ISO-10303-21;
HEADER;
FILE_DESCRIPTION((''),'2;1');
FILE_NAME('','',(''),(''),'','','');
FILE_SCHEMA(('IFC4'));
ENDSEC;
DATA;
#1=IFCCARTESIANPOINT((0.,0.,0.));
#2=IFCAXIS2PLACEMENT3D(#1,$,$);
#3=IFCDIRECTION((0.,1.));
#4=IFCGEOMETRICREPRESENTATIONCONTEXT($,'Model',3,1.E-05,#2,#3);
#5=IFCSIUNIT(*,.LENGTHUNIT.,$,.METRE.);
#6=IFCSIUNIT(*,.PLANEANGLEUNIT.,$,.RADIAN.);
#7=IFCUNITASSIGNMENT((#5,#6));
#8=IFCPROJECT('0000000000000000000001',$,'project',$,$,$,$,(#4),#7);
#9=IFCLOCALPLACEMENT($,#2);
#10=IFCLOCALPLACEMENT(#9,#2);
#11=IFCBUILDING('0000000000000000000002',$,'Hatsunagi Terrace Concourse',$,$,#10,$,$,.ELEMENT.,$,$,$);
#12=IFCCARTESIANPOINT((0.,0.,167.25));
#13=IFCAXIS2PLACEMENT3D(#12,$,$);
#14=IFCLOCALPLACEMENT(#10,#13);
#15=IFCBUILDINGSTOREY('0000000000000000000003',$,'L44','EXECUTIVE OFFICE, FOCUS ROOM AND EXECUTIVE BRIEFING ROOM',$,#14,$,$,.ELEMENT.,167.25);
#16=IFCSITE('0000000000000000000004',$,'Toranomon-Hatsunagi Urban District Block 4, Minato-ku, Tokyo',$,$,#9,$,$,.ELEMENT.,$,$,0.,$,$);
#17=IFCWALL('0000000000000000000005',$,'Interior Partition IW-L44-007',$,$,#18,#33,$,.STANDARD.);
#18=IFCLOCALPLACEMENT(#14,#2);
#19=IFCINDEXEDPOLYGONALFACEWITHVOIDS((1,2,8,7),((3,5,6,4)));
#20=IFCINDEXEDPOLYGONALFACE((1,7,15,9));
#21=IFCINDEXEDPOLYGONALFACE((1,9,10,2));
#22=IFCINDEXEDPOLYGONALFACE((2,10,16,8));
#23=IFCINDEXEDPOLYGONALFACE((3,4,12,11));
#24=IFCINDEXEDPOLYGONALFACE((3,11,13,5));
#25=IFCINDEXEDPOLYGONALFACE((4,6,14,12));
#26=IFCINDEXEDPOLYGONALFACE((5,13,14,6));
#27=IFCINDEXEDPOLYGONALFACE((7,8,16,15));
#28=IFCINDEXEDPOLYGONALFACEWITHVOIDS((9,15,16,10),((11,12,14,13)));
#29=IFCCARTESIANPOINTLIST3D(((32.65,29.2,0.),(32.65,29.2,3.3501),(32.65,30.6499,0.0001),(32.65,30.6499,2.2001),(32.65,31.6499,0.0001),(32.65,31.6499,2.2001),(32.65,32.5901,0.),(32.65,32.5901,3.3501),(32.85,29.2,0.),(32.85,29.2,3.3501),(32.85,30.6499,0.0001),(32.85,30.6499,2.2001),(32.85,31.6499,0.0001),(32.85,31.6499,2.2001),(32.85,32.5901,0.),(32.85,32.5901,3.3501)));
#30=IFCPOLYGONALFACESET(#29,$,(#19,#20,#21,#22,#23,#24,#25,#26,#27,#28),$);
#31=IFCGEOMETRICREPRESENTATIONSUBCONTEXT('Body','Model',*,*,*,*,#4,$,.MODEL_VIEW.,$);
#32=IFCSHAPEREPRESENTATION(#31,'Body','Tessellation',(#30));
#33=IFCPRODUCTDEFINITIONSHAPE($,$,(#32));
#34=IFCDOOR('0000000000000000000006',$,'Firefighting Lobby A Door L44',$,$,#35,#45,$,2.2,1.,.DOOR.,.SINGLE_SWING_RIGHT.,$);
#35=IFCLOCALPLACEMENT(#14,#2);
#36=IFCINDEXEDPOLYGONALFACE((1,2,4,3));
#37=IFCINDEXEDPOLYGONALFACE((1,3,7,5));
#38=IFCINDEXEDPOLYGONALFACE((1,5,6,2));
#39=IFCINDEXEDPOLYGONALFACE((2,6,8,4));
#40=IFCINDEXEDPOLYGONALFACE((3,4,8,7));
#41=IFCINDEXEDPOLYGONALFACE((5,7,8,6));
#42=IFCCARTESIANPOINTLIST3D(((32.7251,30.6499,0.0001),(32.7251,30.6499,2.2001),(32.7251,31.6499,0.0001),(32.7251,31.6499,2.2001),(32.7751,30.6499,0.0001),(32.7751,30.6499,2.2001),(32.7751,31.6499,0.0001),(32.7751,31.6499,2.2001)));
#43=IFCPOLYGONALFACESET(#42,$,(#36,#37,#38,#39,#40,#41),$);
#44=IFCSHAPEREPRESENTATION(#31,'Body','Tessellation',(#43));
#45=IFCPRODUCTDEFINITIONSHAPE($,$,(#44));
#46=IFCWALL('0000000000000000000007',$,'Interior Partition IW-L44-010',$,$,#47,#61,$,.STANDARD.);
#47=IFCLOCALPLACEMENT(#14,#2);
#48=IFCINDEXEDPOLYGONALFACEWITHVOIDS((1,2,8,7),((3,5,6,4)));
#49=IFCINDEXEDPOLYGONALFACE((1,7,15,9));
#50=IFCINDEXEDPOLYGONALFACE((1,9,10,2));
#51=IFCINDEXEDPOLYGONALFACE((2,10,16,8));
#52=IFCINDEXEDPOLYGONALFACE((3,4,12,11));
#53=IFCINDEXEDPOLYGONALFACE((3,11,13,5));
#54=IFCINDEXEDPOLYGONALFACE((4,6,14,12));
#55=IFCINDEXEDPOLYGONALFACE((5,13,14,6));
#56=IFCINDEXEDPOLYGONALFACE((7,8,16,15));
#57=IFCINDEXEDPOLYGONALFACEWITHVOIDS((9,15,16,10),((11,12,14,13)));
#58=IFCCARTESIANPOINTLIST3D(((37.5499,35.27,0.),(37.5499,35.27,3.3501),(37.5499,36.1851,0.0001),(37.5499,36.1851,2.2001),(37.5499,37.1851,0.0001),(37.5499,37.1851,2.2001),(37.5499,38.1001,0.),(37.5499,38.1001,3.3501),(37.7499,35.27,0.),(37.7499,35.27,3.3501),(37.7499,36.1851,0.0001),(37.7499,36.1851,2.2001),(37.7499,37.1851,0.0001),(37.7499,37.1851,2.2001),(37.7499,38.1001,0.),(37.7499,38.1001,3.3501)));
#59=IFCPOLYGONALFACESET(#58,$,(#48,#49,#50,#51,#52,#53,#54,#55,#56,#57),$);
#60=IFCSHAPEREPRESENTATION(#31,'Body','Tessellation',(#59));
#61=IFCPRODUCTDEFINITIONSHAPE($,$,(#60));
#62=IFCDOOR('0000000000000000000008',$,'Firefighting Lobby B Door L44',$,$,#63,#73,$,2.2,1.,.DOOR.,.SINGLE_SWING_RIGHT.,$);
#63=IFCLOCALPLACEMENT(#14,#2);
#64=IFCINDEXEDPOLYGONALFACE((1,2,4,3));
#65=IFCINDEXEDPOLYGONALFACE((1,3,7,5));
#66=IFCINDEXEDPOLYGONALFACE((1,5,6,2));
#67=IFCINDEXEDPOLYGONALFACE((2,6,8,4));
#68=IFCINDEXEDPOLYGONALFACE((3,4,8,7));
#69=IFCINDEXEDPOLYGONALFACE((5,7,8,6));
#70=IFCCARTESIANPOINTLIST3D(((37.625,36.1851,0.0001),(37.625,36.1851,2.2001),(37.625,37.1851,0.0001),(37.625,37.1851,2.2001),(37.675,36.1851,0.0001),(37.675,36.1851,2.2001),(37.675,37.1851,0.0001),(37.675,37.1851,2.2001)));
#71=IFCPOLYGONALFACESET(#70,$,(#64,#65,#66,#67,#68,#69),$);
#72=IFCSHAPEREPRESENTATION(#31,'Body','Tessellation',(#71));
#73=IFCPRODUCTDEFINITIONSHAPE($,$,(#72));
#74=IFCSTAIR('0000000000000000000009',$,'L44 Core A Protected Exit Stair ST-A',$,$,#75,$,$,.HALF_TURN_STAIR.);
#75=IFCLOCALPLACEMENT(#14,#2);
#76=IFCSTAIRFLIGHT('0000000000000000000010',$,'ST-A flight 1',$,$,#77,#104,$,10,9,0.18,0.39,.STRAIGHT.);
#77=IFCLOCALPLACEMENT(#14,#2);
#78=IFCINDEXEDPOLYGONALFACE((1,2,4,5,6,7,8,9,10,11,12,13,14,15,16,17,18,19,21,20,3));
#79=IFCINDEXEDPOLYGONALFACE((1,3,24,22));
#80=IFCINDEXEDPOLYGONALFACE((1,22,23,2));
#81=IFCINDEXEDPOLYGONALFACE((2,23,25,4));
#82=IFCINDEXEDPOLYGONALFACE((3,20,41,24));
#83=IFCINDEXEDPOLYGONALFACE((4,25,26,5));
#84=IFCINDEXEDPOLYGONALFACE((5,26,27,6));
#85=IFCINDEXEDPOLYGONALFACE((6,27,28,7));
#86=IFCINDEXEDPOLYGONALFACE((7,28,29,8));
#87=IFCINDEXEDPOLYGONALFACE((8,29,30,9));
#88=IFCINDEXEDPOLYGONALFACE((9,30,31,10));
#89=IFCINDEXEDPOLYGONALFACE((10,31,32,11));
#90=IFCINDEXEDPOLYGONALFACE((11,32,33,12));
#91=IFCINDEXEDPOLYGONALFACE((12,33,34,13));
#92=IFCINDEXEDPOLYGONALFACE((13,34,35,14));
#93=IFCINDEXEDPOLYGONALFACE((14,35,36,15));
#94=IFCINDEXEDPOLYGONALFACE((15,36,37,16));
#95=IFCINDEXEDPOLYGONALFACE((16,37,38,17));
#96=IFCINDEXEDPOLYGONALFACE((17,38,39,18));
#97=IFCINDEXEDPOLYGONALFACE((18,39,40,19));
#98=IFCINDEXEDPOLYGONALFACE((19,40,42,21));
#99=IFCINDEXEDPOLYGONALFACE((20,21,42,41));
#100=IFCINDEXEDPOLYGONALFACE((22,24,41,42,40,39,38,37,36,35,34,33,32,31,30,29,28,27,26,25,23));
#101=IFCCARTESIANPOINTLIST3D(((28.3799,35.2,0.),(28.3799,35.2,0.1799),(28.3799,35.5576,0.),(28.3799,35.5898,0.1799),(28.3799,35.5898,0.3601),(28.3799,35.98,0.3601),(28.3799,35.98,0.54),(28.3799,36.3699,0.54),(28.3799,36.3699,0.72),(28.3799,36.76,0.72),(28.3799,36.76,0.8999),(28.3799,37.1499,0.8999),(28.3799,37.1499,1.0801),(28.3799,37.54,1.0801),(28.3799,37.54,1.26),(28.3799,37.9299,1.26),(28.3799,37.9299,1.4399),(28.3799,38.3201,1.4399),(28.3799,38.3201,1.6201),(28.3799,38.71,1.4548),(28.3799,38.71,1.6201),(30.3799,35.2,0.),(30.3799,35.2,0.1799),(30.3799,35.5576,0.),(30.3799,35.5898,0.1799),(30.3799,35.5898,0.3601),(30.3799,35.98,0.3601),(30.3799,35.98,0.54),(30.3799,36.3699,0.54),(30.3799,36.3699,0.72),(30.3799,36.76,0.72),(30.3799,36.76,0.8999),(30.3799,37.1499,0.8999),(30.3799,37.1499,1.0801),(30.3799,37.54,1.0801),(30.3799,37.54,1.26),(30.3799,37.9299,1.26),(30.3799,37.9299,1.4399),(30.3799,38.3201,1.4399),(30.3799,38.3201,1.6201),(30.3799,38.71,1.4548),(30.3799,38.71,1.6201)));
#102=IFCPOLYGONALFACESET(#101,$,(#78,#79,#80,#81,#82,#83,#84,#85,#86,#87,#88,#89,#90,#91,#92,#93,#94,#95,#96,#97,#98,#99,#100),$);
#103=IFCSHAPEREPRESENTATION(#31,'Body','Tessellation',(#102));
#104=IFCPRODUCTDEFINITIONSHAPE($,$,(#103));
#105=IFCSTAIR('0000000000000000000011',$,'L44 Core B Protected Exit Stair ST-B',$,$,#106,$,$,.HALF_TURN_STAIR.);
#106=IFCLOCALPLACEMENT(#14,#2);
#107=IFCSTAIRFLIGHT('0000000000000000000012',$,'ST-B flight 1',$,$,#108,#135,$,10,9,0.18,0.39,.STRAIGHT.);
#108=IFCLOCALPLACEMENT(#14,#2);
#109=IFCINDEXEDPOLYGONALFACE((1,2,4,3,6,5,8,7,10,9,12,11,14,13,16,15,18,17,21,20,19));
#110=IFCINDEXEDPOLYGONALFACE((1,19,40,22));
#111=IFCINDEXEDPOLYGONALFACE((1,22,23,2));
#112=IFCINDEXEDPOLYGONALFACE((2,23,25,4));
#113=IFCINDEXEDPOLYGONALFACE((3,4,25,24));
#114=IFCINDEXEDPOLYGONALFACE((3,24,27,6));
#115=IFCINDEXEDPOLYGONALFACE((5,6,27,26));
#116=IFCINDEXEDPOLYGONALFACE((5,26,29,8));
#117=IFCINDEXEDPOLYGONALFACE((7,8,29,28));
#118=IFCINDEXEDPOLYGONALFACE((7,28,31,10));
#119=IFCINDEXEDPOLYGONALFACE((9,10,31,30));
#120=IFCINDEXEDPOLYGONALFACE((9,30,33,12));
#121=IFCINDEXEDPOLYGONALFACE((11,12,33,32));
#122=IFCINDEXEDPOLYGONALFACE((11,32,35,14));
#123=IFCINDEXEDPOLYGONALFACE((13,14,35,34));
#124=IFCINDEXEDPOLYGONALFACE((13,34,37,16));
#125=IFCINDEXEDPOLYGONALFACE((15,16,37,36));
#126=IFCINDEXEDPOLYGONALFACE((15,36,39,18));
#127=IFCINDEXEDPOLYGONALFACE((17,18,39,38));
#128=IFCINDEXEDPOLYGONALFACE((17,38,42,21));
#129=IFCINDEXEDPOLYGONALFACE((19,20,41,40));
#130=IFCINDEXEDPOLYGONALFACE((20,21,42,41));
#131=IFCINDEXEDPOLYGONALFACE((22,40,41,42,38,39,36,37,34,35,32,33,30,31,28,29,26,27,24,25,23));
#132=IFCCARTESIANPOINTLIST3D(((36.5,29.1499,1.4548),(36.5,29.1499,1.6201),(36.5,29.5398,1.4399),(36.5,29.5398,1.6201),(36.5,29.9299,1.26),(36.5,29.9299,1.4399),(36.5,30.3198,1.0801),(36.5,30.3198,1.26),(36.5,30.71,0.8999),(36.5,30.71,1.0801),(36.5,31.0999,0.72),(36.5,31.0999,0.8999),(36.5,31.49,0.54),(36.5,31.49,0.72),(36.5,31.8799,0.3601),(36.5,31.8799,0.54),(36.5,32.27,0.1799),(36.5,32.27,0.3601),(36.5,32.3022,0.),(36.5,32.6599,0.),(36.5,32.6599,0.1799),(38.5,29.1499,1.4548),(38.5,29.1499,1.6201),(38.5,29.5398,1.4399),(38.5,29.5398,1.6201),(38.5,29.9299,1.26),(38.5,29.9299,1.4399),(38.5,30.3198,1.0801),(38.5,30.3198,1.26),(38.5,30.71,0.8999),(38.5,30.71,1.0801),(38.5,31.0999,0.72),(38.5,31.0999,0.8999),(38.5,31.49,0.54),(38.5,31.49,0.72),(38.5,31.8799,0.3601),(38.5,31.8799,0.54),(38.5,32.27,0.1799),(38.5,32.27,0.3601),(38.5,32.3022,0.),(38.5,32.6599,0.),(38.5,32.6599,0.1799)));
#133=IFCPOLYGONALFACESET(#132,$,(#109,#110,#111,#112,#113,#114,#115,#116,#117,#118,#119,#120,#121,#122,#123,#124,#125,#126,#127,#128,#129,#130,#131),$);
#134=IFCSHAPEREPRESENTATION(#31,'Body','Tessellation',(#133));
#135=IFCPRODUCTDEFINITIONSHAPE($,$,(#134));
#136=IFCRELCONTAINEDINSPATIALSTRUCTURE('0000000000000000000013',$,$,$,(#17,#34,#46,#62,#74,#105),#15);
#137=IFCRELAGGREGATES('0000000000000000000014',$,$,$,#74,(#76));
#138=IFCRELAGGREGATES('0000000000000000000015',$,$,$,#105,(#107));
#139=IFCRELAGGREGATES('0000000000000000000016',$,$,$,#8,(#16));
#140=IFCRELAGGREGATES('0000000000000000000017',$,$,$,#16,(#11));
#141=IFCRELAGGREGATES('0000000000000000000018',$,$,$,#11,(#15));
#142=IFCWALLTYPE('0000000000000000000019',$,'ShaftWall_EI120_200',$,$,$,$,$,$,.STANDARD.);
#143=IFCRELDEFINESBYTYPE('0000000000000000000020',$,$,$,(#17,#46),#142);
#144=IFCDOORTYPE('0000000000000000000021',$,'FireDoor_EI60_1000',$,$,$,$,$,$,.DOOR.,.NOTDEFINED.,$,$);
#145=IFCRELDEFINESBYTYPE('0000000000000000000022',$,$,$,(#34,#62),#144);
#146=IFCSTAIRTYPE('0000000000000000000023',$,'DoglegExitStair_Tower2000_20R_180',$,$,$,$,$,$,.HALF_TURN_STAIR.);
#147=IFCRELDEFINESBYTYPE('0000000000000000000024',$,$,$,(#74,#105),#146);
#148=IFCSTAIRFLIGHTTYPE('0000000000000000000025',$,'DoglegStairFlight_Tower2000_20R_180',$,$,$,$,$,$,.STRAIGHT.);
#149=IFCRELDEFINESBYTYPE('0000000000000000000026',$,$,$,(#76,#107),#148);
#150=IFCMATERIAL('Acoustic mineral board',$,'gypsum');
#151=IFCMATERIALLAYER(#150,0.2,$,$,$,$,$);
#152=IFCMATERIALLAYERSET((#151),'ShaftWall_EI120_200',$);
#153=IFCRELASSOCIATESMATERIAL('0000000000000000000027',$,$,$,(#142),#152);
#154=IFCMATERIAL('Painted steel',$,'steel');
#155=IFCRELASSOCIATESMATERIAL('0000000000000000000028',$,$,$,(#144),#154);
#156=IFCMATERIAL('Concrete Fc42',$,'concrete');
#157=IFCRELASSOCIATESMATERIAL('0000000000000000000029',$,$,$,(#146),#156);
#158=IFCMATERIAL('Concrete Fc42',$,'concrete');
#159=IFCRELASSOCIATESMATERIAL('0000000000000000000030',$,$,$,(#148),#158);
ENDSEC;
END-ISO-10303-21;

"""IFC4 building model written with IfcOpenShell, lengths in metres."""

from ifc_helpers import new_model, si_unit, direction, frame, frame_2d, origin, place, context, subcontext, project, spatial, polyline, rectangle, outline, extrude, material, layer, layer_set, type_object, element, fill, aggregate, save


model = new_model("IFC4")

# Units and contexts
model_context = context("Model", 3, precision=1e-05, world=origin(), true_north=direction((0.0, 1.0)))
body_context = subcontext(model_context, "Body", "Model", "MODEL_VIEW")
ifc_project = project(units=[si_unit("LENGTHUNIT", "METRE"), si_unit("PLANEANGLEUNIT", "RADIAN")], contexts=[model_context])

# Site, building, storey
site_placement = place(None, origin())
site = spatial("IfcSite", under=ifc_project, at=site_placement, Name="Toranomon-Hatsunagi Urban District Block 4, Minato-ku, Tokyo", CompositionType="ELEMENT", RefElevation=0.0)
building_placement = place(site_placement, origin())
building = spatial("IfcBuilding", under=site, at=building_placement, Name="Hatsunagi Terrace Concourse", CompositionType="ELEMENT")
storey_placement = place(building_placement, frame((0.0, 0.0, 167.25)))
storey = spatial("IfcBuildingStorey", under=building, at=storey_placement, Name="L44", Description="EXECUTIVE OFFICE, FOCUS ROOM AND EXECUTIVE BRIEFING ROOM", CompositionType="ELEMENT", Elevation=167.25)

# Shared definitions
ifc_material_1 = material(Name="Acoustic mineral board", Category="gypsum")
ifc_layer_1 = layer(ifc_material_1, 0.2)
ifc_layer_set_1 = layer_set([ifc_layer_1], Name="ShaftWall_EI120_200")
wall_type_1 = type_object("IfcWallType", Name="ShaftWall_EI120_200", PredefinedType="STANDARD", material=ifc_layer_set_1)

# Walls, openings, doors
wall_1_placement = place(storey_placement, frame((32.75, 29.2, 0.0), z_axis=(0.0, 0.0, 1.0), x_axis=(0.0, 1.0, 0.0)))
wall_1 = element("IfcWall", 1, at=wall_1_placement, inside=storey, type_object=wall_type_1, Name="Interior Partition IW-L44-007", PredefinedType="STANDARD", context=body_context, shape_type="SweptSolid", body=[
    extrude(rectangle(XDim=3.3901, YDim=0.2, at=frame_2d((1.6951, 0.0))), origin(), (0.0, 0.0, 1.0), 3.3501),
])
opening_1_placement = place(wall_1_placement, frame((1.45, 0.0, 0.0)))
opening_1 = element("IfcOpeningElement", 2, at=opening_1_placement, cuts=wall_1, PredefinedType="OPENING", context=body_context, shape_type="SweptSolid", body=[
    extrude(rectangle(XDim=1.0, YDim=2.2, at=frame_2d((0.5, 1.1001))), frame((0.0, 0.1099, 0.0), z_axis=(0.0, -1.0, 0.0), x_axis=(1.0, 0.0, 0.0)), (0.0, 0.0, 1.0), 0.22),
])
ifc_material_2 = material(Name="Painted steel", Category="steel")
door_type_1 = type_object("IfcDoorType", Name="FireDoor_EI60_1000", OperationType="NOTDEFINED", PredefinedType="DOOR", material=ifc_material_2)
door_1_placement = place(opening_1_placement, origin())
door_1 = element("IfcDoor", 3, at=door_1_placement, inside=storey, type_object=door_type_1, Name="Firefighting Lobby A Door L44", OperationType="SINGLE_SWING_RIGHT", OverallHeight=2.2, OverallWidth=1.0, PredefinedType="DOOR", context=body_context, shape_type="SweptSolid", body=[
    extrude(rectangle(XDim=1.0, YDim=2.2, at=frame_2d((0.5, 1.1001))), frame((0.0, 0.0249, 0.0), z_axis=(0.0, -1.0, 0.0), x_axis=(1.0, 0.0, 0.0)), (0.0, 0.0, 1.0), 0.05),
])
fill(opening_1, door_1)
wall_2_placement = place(storey_placement, frame((37.6499, 35.27, 0.0), z_axis=(0.0, 0.0, 1.0), x_axis=(0.0, 1.0, 0.0)))
wall_2 = element("IfcWall", 4, at=wall_2_placement, inside=storey, type_object=wall_type_1, Name="Interior Partition IW-L44-010", PredefinedType="STANDARD", context=body_context, shape_type="SweptSolid", body=[
    extrude(rectangle(XDim=2.8301, YDim=0.2, at=frame_2d((1.415, 0.0))), origin(), (0.0, 0.0, 1.0), 3.3501),
])
opening_2_placement = place(wall_2_placement, frame((0.915, 0.0, 0.0)))
opening_2 = element("IfcOpeningElement", 5, at=opening_2_placement, cuts=wall_2, PredefinedType="OPENING", context=body_context, shape_type="SweptSolid", body=[
    extrude(rectangle(XDim=1.0, YDim=2.2, at=frame_2d((0.5, 1.1001))), frame((0.0, 0.1099, 0.0), z_axis=(0.0, -1.0, 0.0), x_axis=(1.0, 0.0, 0.0)), (0.0, 0.0, 1.0), 0.22),
])
door_2_placement = place(opening_2_placement, origin())
door_2 = element("IfcDoor", 6, at=door_2_placement, inside=storey, type_object=door_type_1, Name="Firefighting Lobby B Door L44", OperationType="SINGLE_SWING_RIGHT", OverallHeight=2.2, OverallWidth=1.0, PredefinedType="DOOR", context=body_context, shape_type="SweptSolid", body=[
    extrude(rectangle(XDim=1.0, YDim=2.2, at=frame_2d((0.5, 1.1001))), frame((0.0, 0.0249, 0.0), z_axis=(0.0, -1.0, 0.0), x_axis=(1.0, 0.0, 0.0)), (0.0, 0.0, 1.0), 0.05),
])
fill(opening_2, door_2)

# Stairs, stair flights
ifc_material_3 = material(Name="Concrete Fc42", Category="concrete")
stair_type = type_object("IfcStairType", Name="DoglegExitStair_Tower2000_20R_180", PredefinedType="HALF_TURN_STAIR", material=ifc_material_3)
stair_1_placement = place(storey_placement, origin())
stair_1 = element("IfcStair", 7, at=stair_1_placement, inside=storey, type_object=stair_type, Name="L44 Core A Protected Exit Stair ST-A", PredefinedType="HALF_TURN_STAIR")
ifc_material_4 = material(Name="Concrete Fc42", Category="concrete")
stair_flight_type = type_object("IfcStairFlightType", Name="DoglegStairFlight_Tower2000_20R_180", PredefinedType="STRAIGHT", material=ifc_material_4)
stair_flight_1_placement = place(storey_placement, frame((29.3799, 35.2, 0.0), z_axis=(0.0, 0.0, 1.0), x_axis=(0.0, 1.0, 0.0)))
stair_flight_1 = element("IfcStairFlight", 8, at=stair_flight_1_placement, type_object=stair_flight_type, Name="ST-A flight 1", NumberOfRisers=10, NumberOfTreads=9, PredefinedType="STRAIGHT", RiserHeight=0.18, TreadLength=0.39, context=body_context, shape_type="SweptSolid", body=[
    extrude(outline(polyline([(0.0, 0.0), (0.0, 0.1799), (0.3899, 0.1799), (0.3899, 0.3601), (0.78, 0.3601), (0.78, 0.54), (1.1699, 0.54), (1.1699, 0.72), (1.5601, 0.72), (1.5601, 0.8999), (1.95, 0.8999), (1.95, 1.0801), (2.3401, 1.0801), (2.3401, 1.26), (2.73, 1.26), (2.73, 1.4399), (3.1201, 1.4399), (3.1201, 1.6201), (3.51, 1.6201), (3.51, 1.8), (3.51, 1.4548), (0.3577, 0.0), (0.0, 0.0)])), frame((0.0, 1.0, 0.0), z_axis=(0.0, -1.0, 0.0), x_axis=(1.0, 0.0, 0.0)), (0.0, 0.0, 1.0), 2.0),
])
aggregate(stair_1, [stair_flight_1])
stair_2_placement = place(storey_placement, origin())
stair_2 = element("IfcStair", 9, at=stair_2_placement, inside=storey, type_object=stair_type, Name="L44 Core B Protected Exit Stair ST-B", PredefinedType="HALF_TURN_STAIR")
stair_flight_2_placement = place(storey_placement, frame((37.5, 32.6599, 0.0), z_axis=(0.0, 0.0, 1.0), x_axis=(0.0, -1.0, 0.0)))
stair_flight_2 = element("IfcStairFlight", 10, at=stair_flight_2_placement, type_object=stair_flight_type, Name="ST-B flight 1", NumberOfRisers=10, NumberOfTreads=9, PredefinedType="STRAIGHT", RiserHeight=0.18, TreadLength=0.39, context=body_context, shape_type="SweptSolid", body=[
    extrude(outline(polyline([(0.0, 0.0), (0.0, 0.1799), (0.3899, 0.1799), (0.3899, 0.3601), (0.78, 0.3601), (0.78, 0.54), (1.1699, 0.54), (1.1699, 0.72), (1.5601, 0.72), (1.5601, 0.8999), (1.95, 0.8999), (1.95, 1.0801), (2.3401, 1.0801), (2.3401, 1.26), (2.73, 1.26), (2.73, 1.4399), (3.1201, 1.4399), (3.1201, 1.6201), (3.51, 1.6201), (3.51, 1.8), (3.51, 1.4548), (0.3577, 0.0), (0.0, 0.0)])), frame((0.0, 1.0, 0.0), z_axis=(0.0, -1.0, 0.0), x_axis=(1.0, 0.0, 0.0)), (0.0, 0.0, 1.0), 2.0),
])
aggregate(stair_2, [stair_flight_2])

save(model, "model.ifc")
